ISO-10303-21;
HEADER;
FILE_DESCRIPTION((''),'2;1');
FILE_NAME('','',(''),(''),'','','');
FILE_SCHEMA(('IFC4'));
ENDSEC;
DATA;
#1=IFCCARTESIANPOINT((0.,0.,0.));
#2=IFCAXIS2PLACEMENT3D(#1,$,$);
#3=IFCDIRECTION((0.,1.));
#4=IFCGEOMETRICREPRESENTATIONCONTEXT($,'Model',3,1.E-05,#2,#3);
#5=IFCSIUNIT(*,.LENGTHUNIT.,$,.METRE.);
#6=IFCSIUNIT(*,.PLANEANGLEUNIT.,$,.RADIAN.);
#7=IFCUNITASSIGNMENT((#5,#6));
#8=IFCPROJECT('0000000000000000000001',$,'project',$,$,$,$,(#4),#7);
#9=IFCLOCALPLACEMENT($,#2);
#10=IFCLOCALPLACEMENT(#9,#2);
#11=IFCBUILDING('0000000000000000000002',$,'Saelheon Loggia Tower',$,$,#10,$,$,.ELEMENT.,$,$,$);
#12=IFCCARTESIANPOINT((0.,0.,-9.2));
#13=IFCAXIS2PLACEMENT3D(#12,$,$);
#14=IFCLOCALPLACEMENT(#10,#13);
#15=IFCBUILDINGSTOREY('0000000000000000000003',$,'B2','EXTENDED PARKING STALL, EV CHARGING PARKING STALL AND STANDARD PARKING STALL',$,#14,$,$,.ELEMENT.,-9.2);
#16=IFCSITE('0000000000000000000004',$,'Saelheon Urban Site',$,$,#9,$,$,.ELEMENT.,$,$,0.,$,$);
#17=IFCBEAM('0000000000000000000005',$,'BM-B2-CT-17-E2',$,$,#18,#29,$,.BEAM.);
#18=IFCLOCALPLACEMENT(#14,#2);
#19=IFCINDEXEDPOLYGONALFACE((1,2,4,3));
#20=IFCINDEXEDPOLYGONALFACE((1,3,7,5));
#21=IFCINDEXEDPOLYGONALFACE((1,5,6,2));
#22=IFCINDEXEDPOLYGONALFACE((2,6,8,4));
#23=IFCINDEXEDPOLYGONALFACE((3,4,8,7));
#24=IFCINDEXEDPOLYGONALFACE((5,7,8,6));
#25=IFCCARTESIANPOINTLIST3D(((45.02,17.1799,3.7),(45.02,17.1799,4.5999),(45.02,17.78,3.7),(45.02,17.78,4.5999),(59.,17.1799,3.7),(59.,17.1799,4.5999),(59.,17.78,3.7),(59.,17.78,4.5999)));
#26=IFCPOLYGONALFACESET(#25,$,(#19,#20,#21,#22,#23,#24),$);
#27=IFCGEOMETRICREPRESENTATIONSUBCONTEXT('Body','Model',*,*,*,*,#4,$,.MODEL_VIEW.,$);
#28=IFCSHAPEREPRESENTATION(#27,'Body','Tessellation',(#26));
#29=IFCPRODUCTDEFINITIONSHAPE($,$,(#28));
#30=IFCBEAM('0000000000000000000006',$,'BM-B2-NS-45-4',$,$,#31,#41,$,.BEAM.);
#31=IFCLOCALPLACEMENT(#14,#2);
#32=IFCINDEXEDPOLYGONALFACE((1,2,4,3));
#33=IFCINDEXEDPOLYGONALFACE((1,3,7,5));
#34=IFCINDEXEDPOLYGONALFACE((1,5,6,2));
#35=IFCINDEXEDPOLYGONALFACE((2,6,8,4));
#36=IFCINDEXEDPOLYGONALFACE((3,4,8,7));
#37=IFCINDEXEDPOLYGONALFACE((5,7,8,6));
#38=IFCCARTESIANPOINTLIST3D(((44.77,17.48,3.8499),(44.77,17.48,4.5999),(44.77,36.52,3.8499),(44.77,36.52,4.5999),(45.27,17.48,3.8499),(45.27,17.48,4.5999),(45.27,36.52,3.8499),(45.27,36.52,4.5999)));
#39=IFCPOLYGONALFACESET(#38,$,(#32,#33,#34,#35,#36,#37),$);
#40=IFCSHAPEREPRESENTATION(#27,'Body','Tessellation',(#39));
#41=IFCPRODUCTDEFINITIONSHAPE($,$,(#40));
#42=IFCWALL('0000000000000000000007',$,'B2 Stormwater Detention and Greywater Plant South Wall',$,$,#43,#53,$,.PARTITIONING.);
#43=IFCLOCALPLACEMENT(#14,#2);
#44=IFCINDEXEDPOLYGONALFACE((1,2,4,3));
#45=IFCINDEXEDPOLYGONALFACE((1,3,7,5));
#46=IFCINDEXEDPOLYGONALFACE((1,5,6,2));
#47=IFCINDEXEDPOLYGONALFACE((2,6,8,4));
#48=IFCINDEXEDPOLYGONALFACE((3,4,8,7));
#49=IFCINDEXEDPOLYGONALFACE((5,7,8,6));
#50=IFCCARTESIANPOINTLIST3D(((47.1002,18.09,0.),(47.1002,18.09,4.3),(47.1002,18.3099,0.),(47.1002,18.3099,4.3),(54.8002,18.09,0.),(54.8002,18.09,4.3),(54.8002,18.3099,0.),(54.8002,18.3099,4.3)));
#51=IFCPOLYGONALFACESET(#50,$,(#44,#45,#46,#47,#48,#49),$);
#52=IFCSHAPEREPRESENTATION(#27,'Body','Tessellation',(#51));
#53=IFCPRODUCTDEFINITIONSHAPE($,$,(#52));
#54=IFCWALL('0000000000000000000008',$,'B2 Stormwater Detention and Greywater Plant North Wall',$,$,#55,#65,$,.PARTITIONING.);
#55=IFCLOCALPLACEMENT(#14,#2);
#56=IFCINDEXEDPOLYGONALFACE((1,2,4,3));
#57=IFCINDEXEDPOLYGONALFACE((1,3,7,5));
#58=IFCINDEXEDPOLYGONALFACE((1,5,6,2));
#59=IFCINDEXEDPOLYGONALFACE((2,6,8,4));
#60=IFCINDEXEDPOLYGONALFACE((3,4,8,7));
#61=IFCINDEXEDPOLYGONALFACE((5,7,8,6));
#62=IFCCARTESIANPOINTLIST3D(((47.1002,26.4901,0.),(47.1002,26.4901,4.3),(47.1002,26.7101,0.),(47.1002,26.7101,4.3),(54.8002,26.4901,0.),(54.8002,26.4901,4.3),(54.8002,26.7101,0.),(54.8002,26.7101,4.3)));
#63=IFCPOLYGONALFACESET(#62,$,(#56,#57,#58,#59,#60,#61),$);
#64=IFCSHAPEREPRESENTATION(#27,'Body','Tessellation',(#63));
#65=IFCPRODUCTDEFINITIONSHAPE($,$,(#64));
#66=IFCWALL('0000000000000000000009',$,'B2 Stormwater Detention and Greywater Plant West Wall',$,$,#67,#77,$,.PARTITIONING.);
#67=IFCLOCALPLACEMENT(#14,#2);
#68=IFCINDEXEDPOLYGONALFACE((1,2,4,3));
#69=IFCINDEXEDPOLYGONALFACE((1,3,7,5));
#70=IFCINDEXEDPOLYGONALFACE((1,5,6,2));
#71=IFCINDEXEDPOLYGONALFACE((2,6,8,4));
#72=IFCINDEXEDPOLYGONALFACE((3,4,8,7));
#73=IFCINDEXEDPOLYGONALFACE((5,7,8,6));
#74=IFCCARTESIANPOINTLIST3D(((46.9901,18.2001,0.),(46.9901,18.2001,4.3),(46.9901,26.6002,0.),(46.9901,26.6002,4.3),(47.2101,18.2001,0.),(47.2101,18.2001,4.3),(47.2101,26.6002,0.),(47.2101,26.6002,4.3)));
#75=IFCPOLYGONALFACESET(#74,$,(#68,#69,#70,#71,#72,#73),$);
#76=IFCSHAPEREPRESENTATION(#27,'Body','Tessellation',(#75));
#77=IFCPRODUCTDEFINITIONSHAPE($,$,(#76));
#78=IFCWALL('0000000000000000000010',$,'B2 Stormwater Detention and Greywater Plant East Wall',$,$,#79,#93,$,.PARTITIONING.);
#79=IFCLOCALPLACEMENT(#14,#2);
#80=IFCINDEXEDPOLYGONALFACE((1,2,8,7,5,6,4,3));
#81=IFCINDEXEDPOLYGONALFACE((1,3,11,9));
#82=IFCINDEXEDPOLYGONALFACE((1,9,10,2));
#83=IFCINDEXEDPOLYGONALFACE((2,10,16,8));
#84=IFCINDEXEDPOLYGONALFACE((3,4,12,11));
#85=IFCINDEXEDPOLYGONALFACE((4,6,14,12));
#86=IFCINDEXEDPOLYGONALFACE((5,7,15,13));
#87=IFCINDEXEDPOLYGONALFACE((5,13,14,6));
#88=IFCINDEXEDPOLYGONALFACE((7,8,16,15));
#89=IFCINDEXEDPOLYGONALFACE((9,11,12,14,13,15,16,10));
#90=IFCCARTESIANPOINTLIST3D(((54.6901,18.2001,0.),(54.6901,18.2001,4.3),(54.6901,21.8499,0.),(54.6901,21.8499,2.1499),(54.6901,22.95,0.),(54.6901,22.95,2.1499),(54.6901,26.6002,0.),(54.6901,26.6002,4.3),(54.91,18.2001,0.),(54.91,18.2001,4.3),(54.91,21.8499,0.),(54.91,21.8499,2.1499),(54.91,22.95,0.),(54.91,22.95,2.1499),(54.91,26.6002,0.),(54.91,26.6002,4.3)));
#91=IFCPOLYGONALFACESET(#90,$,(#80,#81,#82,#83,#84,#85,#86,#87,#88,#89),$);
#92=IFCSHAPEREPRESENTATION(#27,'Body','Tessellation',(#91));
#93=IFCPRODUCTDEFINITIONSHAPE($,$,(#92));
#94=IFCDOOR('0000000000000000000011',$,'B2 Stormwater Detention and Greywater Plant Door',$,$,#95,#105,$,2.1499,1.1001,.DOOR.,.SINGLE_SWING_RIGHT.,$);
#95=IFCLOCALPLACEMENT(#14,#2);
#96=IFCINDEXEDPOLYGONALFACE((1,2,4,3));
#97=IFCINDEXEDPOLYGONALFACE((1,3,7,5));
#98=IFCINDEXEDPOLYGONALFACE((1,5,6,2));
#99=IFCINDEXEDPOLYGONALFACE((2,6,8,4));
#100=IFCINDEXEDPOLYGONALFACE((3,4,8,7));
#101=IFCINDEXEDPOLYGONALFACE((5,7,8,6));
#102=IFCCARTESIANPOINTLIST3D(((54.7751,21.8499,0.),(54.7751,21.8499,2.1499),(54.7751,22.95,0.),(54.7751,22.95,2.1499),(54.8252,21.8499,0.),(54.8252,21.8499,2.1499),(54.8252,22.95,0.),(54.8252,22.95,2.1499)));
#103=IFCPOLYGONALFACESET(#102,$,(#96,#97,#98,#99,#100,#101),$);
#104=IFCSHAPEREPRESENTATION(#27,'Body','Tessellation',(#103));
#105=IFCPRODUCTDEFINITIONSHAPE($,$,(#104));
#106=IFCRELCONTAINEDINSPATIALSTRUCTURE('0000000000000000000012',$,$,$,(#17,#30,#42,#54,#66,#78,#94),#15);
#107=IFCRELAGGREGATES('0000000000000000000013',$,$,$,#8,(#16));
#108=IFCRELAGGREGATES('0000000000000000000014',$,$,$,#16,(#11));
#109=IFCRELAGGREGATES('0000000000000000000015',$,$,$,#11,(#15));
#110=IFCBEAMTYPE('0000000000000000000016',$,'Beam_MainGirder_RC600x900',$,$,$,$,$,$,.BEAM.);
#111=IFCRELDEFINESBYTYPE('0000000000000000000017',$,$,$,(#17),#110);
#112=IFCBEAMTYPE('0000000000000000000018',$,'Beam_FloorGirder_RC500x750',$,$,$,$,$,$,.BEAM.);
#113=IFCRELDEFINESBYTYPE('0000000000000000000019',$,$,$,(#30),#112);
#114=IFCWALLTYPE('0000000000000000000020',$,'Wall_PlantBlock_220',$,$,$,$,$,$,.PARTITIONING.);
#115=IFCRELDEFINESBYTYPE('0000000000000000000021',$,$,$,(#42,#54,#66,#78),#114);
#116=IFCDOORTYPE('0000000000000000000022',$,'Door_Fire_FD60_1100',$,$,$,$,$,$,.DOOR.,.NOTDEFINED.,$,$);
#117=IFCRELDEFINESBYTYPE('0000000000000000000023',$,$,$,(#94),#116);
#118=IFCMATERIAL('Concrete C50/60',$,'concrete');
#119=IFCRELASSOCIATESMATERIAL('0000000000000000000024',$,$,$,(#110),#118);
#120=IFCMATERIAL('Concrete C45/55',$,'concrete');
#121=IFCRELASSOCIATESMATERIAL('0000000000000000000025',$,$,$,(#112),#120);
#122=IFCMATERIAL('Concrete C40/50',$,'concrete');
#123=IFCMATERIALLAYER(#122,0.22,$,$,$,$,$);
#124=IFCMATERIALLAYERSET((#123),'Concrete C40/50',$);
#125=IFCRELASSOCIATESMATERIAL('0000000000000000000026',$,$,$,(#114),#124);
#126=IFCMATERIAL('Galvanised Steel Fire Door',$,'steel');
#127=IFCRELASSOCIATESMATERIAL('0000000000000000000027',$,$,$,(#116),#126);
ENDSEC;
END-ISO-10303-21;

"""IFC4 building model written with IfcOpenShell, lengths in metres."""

from ifc_helpers import new_model, si_unit, direction, frame, frame_2d, origin, origin_2d, place, context, subcontext, project, spatial, rectangle, extrude, source, transform, mapped, material, layer, layer_set, material_profile, profile_set, type_object, element, fill, save


model = new_model("IFC4")

# Units and contexts
model_context = context("Model", 3, precision=1e-05, world=origin(), true_north=direction((0.0, 1.0)))
body_context = subcontext(model_context, "Body", "Model", "MODEL_VIEW")
ifc_project = project(units=[si_unit("LENGTHUNIT", "METRE"), si_unit("PLANEANGLEUNIT", "RADIAN")], contexts=[model_context])

# Site, building, storey
site_placement = place(None, origin())
site = spatial("IfcSite", under=ifc_project, at=site_placement, Name="Saelheon Urban Site", CompositionType="ELEMENT", RefElevation=0.0)
building_placement = place(site_placement, origin())
building = spatial("IfcBuilding", under=site, at=building_placement, Name="Saelheon Loggia Tower", CompositionType="ELEMENT")
storey_placement = place(building_placement, frame((0.0, 0.0, -9.2)))
storey = spatial("IfcBuildingStorey", under=building, at=storey_placement, Name="B2", Description="EXTENDED PARKING STALL, EV CHARGING PARKING STALL AND STANDARD PARKING STALL", CompositionType="ELEMENT", Elevation=-9.2)

# Shared definitions
ifc_material_1 = material(Name="Concrete C50/60", Category="concrete")

# Beams
ifc_material_profile_1 = material_profile(ifc_material_1, rectangle(XDim=0.6001, YDim=0.8999, at=origin_2d()), Name="RC-600x900")
ifc_profile_set_1 = profile_set([ifc_material_profile_1], Name="Concrete C50/60")
beam_type_1 = type_object("IfcBeamType", Name="Beam_MainGirder_RC600x900", PredefinedType="BEAM", material=ifc_profile_set_1)
shared_shape_1 = source(origin(), body_context, "Body", "SweptSolid", [
    extrude(rectangle(XDim=0.6001, YDim=0.8999, at=origin_2d()), origin(), (0.0, 0.0, 1.0), 13.98),
])
beam_1_placement = place(storey_placement, frame((45.02, 17.48, 4.1499), z_axis=(1.0, 0.0, 0.0), x_axis=(0.0, 1.0, 0.0)))
element("IfcBeam", 1, at=beam_1_placement, inside=storey, type_object=beam_type_1, Name="BM-B2-CT-17-E2", PredefinedType="BEAM", context=body_context, shape_type="MappedRepresentation", body=[
    mapped(shared_shape_1, transform((0.0, 0.0, 0.0), scale=1.0)),
])
ifc_material_2 = material(Name="Concrete C45/55", Category="concrete")
ifc_material_profile_2 = material_profile(ifc_material_2, rectangle(XDim=0.5, YDim=0.75, at=origin_2d()), Name="RC-500x750")
ifc_profile_set_2 = profile_set([ifc_material_profile_2], Name="Concrete C45/55")
beam_type_2 = type_object("IfcBeamType", Name="Beam_FloorGirder_RC500x750", PredefinedType="BEAM", material=ifc_profile_set_2)
shared_shape_2 = source(origin(), body_context, "Body", "SweptSolid", [
    extrude(rectangle(XDim=0.5, YDim=0.75, at=origin_2d()), origin(), (0.0, 0.0, 1.0), 19.04),
])
beam_2_placement = place(storey_placement, frame((45.02, 17.48, 4.2249), z_axis=(0.0, 1.0, 0.0), x_axis=(-1.0, 0.0, 0.0)))
element("IfcBeam", 2, at=beam_2_placement, inside=storey, type_object=beam_type_2, Name="BM-B2-NS-45-4", PredefinedType="BEAM", context=body_context, shape_type="MappedRepresentation", body=[
    mapped(shared_shape_2, transform((0.0, 0.0, 0.0), scale=1.0)),
])

# Walls
ifc_material_3 = material(Name="Concrete C40/50", Category="concrete")
ifc_layer = layer(ifc_material_3, 0.22)
ifc_layer_set = layer_set([ifc_layer], Name="Concrete C40/50")
wall_type = type_object("IfcWallType", Name="Wall_PlantBlock_220", PredefinedType="PARTITIONING", material=ifc_layer_set)
for number, where, z_axis, x_axis, name in (
    (3, (47.1001, 18.2, 0.0), (0.0, 0.0, 1.0), (1.0, 0.0, 0.0), "B2 Stormwater Detention and Greywater Plant South Wall"),
    (4, (47.1001, 26.6001, 0.0), (0.0, 0.0, 1.0), (1.0, 0.0, 0.0), "B2 Stormwater Detention and Greywater Plant North Wall"),
):
    element("IfcWall", number, at=place(storey_placement, frame(where, z_axis=z_axis, x_axis=x_axis)), inside=storey, type_object=wall_type, Name=name, PredefinedType="PARTITIONING", context=body_context, shape_type="SweptSolid", body=[
        extrude(rectangle(XDim=7.7, YDim=0.22, at=frame_2d((3.8501, 0.0))), origin(), (0.0, 0.0, 1.0), 4.3),
    ])
wall_1_placement = place(storey_placement, frame((47.1001, 18.2, 0.0), z_axis=(0.0, 0.0, 1.0), x_axis=(0.0, 1.0, 0.0)))
element("IfcWall", 5, at=wall_1_placement, inside=storey, type_object=wall_type, Name="B2 Stormwater Detention and Greywater Plant West Wall", PredefinedType="PARTITIONING", context=body_context, shape_type="SweptSolid", body=[
    extrude(rectangle(XDim=8.4001, YDim=0.22, at=frame_2d((4.2002, 0.0))), origin(), (0.0, 0.0, 1.0), 4.3),
])

# Wall, opening, door
wall_2_placement = place(storey_placement, frame((54.8, 18.2, 0.0), z_axis=(0.0, 0.0, 1.0), x_axis=(0.0, 1.0, 0.0)))
wall_2 = element("IfcWall", 6, at=wall_2_placement, inside=storey, type_object=wall_type, Name="B2 Stormwater Detention and Greywater Plant East Wall", PredefinedType="PARTITIONING", context=body_context, shape_type="SweptSolid", body=[
    extrude(rectangle(XDim=8.4001, YDim=0.22, at=frame_2d((4.2002, 0.0))), origin(), (0.0, 0.0, 1.0), 4.3),
])
opening_placement = place(wall_2_placement, frame((3.6499, 0.0, 0.0)))
opening = element("IfcOpeningElement", 7, at=opening_placement, cuts=wall_2, PredefinedType="OPENING", context=body_context, shape_type="SweptSolid", body=[
    extrude(rectangle(XDim=1.1001, YDim=2.1499, at=frame_2d((0.55, 1.075))), frame((0.0, 0.1221, 0.0), z_axis=(0.0, -1.0, 0.0), x_axis=(1.0, 0.0, 0.0)), (0.0, 0.0, 1.0), 0.2439),
])
ifc_material_4 = material(Name="Galvanised Steel Fire Door", Category="steel")
door_type = type_object("IfcDoorType", Name="Door_Fire_FD60_1100", OperationType="NOTDEFINED", PredefinedType="DOOR", material=ifc_material_4)
shared_shape_3 = source(origin(), body_context, "Body", "SweptSolid", [
    extrude(rectangle(XDim=1.1001, YDim=2.1499, at=frame_2d((0.55, 1.075))), frame((0.0, 0.0249, 0.0), z_axis=(0.0, -1.0, 0.0), x_axis=(1.0, 0.0, 0.0)), (0.0, 0.0, 1.0), 0.05),
])
door_placement = place(opening_placement, origin())
door = element("IfcDoor", 8, at=door_placement, inside=storey, type_object=door_type, Name="B2 Stormwater Detention and Greywater Plant Door", OperationType="SINGLE_SWING_RIGHT", OverallHeight=2.1499, OverallWidth=1.1001, PredefinedType="DOOR", context=body_context, shape_type="MappedRepresentation", body=[
    mapped(shared_shape_3, transform((0.0, 0.0, 0.0), scale=1.0)),
])
fill(opening, door)

save(model, "model.ifc")
